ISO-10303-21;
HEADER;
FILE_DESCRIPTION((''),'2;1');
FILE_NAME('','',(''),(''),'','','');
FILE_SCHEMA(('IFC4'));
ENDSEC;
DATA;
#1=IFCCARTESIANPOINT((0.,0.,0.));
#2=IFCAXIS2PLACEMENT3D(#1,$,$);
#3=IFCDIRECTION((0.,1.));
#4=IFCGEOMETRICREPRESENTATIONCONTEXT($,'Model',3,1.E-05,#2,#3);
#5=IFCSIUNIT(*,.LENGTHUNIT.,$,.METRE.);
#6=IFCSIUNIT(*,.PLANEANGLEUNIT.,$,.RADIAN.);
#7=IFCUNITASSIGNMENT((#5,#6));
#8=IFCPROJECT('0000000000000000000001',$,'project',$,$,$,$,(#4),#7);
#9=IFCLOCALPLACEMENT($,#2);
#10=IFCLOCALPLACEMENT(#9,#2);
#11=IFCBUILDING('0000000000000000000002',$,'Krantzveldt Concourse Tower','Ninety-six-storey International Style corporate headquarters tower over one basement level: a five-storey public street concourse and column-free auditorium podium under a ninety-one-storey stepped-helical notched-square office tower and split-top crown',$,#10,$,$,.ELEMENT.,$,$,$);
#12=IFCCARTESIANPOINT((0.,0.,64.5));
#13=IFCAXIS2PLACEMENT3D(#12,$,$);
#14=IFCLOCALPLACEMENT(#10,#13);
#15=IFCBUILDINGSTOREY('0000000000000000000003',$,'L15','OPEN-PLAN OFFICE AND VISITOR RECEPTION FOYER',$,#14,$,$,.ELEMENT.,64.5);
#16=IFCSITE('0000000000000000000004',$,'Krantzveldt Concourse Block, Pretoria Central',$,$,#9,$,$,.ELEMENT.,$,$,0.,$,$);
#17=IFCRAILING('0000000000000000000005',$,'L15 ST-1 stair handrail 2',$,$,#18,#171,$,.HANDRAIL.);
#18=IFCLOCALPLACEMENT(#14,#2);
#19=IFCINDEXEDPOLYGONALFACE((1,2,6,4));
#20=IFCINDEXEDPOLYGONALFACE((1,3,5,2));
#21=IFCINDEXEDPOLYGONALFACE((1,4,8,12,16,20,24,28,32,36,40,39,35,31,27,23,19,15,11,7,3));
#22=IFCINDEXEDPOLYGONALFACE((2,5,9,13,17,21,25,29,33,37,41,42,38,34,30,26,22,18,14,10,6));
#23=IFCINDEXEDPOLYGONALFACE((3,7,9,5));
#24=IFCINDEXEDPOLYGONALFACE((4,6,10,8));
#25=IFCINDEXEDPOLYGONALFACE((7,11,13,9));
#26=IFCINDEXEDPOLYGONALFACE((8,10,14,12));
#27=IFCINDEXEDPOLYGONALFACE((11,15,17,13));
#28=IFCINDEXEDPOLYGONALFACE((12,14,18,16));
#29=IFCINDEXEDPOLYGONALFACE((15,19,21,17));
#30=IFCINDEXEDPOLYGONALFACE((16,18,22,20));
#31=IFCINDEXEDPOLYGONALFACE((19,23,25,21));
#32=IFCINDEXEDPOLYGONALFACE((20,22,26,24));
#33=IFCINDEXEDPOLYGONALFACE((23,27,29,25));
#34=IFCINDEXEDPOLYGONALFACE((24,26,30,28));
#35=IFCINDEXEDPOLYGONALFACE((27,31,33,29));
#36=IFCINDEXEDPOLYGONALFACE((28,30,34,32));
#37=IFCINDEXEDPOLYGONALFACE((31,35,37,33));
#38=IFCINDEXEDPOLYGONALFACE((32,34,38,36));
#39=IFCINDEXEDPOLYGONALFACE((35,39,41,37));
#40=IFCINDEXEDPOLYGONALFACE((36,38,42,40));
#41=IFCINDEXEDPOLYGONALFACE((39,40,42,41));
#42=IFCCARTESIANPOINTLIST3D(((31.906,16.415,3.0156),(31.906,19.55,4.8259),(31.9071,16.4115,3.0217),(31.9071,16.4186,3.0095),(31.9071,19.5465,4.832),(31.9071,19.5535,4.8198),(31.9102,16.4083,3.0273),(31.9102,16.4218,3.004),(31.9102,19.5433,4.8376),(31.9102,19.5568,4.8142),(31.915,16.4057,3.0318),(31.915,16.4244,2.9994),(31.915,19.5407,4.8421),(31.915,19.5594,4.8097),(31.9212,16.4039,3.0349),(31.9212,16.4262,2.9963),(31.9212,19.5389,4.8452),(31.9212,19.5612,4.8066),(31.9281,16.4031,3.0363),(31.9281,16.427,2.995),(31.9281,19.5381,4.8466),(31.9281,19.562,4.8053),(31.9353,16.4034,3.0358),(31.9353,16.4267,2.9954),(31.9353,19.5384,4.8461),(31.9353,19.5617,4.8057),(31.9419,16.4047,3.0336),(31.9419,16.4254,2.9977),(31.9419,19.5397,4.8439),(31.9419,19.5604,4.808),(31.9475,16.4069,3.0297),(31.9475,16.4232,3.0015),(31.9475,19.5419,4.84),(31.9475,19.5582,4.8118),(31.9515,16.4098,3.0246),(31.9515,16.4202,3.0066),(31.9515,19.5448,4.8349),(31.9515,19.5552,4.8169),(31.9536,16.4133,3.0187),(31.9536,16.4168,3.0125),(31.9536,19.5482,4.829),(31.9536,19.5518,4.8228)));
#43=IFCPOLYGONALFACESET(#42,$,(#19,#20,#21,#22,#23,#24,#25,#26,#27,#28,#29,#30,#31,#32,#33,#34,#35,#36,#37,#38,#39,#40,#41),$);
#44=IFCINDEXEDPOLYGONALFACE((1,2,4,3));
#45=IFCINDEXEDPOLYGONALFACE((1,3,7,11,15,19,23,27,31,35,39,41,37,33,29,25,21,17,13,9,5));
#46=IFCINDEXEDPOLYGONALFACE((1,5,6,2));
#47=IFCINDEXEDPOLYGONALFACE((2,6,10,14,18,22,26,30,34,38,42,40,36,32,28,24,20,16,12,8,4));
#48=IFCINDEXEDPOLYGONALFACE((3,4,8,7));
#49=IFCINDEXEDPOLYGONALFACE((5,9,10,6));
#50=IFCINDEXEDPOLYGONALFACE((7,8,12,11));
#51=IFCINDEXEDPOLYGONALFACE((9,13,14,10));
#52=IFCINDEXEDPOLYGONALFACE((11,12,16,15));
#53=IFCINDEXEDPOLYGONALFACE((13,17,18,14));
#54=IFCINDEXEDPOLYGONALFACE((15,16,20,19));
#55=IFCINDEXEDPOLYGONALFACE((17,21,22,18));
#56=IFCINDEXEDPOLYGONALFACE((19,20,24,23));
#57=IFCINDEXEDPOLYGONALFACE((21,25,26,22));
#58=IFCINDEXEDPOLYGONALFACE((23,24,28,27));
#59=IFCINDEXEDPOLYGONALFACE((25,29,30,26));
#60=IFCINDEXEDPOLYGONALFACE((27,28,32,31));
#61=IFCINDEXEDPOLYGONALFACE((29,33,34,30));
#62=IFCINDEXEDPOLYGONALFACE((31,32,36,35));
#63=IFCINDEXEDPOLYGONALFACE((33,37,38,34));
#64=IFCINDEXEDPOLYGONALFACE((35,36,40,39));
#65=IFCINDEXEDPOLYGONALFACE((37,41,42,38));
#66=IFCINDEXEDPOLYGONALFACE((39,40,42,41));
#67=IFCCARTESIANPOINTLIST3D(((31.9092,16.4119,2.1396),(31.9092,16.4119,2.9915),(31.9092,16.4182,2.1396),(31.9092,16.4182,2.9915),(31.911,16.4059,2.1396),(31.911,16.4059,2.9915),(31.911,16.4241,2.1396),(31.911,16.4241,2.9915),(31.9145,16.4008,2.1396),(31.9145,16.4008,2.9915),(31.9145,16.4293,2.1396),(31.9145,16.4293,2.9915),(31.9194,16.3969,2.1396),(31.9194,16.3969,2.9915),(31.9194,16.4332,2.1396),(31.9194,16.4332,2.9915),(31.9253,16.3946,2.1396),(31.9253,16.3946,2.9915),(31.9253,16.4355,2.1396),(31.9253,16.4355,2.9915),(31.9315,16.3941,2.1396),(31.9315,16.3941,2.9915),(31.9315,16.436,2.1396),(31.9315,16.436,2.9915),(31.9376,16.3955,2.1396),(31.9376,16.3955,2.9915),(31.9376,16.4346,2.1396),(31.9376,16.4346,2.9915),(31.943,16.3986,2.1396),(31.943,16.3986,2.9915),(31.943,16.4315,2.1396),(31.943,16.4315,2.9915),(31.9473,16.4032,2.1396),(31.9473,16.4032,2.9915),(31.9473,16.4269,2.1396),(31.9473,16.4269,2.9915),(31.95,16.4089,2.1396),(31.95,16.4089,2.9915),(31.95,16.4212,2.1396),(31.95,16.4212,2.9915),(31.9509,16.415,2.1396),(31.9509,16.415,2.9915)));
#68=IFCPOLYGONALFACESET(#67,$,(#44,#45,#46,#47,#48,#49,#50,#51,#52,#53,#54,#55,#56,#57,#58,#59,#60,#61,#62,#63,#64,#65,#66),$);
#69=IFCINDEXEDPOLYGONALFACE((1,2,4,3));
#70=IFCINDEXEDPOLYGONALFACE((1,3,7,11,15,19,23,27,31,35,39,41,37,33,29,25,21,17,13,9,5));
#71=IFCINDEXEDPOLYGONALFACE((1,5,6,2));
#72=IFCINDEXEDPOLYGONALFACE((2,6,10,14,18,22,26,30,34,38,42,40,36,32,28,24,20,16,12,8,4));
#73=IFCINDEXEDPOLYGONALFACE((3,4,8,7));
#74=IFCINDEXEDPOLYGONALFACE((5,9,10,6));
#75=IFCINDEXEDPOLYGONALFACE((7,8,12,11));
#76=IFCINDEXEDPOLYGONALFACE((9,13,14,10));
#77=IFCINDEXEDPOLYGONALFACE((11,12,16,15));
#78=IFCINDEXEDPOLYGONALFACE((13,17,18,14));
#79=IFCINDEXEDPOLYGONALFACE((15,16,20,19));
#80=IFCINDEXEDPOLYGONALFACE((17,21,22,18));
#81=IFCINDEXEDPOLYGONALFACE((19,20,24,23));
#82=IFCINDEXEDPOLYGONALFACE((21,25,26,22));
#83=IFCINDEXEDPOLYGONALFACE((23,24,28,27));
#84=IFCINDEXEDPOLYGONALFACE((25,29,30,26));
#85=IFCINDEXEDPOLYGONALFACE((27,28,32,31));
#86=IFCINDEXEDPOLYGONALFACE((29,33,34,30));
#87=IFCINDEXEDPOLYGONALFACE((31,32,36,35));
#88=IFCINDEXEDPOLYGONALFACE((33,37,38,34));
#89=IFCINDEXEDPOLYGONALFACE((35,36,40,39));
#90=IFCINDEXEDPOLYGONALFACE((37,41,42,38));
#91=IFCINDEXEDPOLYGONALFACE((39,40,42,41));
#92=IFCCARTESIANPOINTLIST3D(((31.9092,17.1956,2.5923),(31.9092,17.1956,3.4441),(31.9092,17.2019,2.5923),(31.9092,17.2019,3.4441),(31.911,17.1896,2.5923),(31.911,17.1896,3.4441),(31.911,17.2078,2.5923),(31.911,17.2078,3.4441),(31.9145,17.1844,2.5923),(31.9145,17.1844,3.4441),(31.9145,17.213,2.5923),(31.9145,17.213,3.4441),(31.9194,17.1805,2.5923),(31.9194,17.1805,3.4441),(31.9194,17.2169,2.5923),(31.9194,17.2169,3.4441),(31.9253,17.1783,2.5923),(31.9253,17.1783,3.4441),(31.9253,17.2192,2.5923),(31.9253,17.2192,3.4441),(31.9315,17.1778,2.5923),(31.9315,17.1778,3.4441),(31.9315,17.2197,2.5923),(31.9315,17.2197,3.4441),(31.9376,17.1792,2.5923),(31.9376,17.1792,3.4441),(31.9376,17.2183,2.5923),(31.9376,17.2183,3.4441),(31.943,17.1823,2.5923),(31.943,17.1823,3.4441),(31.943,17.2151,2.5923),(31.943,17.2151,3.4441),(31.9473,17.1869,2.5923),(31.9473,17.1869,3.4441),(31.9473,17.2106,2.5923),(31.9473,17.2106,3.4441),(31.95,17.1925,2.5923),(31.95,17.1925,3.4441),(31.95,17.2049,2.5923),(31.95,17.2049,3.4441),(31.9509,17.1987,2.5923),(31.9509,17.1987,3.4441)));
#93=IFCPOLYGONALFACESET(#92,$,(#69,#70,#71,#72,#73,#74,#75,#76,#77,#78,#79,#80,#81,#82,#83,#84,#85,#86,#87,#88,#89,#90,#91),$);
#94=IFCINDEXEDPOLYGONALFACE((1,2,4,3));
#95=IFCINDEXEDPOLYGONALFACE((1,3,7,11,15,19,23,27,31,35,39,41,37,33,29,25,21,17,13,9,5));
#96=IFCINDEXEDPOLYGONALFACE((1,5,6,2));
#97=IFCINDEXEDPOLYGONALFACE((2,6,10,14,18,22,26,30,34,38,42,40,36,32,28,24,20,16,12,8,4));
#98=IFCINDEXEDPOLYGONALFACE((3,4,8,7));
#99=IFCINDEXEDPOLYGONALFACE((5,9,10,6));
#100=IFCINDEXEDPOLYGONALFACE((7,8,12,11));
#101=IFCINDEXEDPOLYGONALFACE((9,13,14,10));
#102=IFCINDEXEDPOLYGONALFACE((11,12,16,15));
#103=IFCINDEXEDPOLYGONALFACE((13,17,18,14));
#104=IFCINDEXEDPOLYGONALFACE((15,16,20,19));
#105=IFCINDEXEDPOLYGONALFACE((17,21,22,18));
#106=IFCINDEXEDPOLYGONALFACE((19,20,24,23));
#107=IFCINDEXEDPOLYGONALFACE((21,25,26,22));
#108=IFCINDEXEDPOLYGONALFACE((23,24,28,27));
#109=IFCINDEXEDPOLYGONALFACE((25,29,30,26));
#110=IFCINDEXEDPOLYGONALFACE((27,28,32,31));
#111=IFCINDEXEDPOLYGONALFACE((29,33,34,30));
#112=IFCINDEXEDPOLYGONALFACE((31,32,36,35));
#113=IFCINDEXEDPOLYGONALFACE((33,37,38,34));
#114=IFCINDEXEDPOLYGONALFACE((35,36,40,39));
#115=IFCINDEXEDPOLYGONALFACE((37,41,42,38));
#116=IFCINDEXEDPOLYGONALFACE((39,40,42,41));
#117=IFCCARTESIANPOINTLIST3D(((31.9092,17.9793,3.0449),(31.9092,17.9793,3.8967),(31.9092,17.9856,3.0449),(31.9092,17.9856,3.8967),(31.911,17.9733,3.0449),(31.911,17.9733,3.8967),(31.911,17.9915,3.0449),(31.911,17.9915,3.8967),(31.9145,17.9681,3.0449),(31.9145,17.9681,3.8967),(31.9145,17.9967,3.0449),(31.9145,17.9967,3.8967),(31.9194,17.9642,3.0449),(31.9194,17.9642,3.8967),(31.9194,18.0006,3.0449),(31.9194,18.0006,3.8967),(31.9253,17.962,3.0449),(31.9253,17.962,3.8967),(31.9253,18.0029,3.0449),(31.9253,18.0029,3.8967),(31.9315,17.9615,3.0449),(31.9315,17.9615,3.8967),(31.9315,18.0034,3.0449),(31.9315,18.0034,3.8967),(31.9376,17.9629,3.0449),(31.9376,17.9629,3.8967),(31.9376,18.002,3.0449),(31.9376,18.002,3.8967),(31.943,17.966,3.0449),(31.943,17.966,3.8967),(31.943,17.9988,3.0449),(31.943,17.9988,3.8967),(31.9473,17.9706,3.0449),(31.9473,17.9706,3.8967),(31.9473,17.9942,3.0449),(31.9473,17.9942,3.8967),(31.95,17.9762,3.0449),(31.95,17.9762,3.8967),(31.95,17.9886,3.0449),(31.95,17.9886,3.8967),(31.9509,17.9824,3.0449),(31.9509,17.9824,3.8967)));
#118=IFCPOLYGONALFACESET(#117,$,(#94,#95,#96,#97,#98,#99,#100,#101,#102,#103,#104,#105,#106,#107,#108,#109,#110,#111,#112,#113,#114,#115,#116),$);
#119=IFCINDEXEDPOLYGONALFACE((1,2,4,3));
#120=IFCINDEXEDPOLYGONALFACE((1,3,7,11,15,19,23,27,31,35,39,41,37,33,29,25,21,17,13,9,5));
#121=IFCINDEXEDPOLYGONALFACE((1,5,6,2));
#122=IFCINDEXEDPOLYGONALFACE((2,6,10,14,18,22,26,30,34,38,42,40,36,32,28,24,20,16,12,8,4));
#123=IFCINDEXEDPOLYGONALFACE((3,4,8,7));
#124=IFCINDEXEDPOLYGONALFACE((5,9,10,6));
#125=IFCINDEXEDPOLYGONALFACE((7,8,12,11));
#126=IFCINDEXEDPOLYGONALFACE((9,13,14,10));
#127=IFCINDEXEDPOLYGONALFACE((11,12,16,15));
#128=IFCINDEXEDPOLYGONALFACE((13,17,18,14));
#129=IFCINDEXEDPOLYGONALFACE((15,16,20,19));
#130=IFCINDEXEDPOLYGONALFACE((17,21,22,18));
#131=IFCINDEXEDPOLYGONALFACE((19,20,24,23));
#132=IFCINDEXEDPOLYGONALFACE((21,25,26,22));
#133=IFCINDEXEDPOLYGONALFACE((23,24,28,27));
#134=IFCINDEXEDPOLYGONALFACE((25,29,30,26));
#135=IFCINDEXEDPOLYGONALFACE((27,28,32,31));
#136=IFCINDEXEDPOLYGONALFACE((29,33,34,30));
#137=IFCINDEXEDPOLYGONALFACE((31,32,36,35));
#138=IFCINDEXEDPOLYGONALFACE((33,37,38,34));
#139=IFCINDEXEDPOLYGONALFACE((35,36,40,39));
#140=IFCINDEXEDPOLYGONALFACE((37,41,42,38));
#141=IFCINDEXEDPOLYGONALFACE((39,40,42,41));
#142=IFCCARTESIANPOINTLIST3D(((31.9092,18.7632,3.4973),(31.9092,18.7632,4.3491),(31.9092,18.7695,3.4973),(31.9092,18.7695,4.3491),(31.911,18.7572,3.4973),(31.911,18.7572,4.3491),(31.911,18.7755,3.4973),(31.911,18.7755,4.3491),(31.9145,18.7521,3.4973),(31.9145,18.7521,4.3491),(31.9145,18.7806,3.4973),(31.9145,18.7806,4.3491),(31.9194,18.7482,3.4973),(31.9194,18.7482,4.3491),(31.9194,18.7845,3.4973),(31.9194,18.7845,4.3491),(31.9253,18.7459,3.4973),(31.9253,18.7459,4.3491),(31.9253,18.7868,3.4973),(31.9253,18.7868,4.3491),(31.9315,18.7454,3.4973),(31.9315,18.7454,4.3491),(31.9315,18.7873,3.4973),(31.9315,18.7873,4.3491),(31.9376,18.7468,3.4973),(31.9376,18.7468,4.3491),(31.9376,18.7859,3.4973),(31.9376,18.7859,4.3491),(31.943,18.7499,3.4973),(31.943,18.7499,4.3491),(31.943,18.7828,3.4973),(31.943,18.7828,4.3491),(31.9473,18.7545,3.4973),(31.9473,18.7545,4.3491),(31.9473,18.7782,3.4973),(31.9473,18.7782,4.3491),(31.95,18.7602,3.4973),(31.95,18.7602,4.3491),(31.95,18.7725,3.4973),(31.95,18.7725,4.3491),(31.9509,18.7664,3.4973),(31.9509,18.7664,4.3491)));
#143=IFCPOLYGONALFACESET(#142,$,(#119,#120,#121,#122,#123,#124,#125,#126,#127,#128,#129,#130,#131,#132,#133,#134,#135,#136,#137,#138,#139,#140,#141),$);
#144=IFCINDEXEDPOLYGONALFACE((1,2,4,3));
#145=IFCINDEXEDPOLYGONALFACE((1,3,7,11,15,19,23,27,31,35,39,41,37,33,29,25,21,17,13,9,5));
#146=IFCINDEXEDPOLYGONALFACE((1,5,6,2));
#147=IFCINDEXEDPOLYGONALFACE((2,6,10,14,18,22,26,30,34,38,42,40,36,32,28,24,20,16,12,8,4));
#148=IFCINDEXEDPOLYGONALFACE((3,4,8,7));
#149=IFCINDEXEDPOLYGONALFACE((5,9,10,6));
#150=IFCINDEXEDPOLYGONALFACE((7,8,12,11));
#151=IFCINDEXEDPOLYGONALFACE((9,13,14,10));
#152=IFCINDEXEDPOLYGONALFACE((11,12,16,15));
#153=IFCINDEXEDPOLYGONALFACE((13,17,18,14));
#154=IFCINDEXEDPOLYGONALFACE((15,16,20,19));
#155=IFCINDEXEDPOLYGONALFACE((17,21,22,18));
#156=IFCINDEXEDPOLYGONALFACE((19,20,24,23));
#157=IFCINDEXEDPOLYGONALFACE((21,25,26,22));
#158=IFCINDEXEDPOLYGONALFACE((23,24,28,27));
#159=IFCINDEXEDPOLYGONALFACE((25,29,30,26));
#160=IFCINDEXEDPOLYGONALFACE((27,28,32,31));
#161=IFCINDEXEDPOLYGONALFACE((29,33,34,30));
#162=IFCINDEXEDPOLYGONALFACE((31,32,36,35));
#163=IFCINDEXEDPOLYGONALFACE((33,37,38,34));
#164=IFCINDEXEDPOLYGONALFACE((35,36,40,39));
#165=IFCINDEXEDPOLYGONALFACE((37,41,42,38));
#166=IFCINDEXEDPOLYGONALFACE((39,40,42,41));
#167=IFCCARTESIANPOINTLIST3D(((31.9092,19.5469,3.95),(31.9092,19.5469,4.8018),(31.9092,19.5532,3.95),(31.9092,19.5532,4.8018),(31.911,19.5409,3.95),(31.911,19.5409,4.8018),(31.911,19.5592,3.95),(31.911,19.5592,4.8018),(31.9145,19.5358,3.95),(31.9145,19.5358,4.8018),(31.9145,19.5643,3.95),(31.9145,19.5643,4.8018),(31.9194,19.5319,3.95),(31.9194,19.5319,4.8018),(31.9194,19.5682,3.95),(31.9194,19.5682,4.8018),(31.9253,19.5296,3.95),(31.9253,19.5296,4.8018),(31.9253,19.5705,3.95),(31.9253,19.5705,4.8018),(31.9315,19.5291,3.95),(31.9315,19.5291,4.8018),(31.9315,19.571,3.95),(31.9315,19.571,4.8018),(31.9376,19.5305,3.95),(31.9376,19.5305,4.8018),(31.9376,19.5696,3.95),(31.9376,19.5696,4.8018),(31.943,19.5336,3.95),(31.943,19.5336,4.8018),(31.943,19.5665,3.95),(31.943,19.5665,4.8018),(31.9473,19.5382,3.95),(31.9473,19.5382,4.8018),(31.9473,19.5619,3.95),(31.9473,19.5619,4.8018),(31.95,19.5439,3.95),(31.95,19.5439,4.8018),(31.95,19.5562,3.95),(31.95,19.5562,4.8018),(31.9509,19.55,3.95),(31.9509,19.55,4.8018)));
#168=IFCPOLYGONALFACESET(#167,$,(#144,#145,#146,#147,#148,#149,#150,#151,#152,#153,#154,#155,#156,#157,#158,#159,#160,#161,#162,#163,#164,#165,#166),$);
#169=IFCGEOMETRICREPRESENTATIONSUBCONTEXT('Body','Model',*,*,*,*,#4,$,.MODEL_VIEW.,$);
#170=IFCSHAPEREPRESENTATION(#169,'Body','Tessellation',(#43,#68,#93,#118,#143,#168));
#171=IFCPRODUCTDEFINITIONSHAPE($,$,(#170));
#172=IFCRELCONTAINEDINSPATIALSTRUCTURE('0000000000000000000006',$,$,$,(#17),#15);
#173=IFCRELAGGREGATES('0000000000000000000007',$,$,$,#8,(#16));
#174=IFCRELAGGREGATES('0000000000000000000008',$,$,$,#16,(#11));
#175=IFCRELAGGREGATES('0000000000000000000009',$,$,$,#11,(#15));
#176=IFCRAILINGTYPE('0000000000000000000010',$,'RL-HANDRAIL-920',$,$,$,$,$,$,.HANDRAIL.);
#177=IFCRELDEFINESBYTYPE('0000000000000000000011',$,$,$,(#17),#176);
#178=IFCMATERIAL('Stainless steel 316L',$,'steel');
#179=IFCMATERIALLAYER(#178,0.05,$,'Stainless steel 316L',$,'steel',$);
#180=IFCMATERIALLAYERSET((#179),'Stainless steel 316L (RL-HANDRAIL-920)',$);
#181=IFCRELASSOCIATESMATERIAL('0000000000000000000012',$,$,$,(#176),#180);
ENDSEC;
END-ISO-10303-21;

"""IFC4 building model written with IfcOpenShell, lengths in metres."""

from ifc_helpers import new_model, si_unit, direction, frame, origin, origin_2d, place, context, subcontext, project, spatial, circle, extrude, material, layer, layer_set, type_object, element, save


model = new_model("IFC4")

# Units and contexts
model_context = context("Model", 3, precision=1e-05, world=origin(), true_north=direction((0.0, 1.0)))
body_context = subcontext(model_context, "Body", "Model", "MODEL_VIEW")
ifc_project = project(units=[si_unit("LENGTHUNIT", "METRE"), si_unit("PLANEANGLEUNIT", "RADIAN")], contexts=[model_context])

# Site, building, storey
site_placement = place(None, origin())
site = spatial("IfcSite", under=ifc_project, at=site_placement, Name="Krantzveldt Concourse Block, Pretoria Central", CompositionType="ELEMENT", RefElevation=0.0)
building_placement = place(site_placement, origin())
building = spatial("IfcBuilding", under=site, at=building_placement, Name="Krantzveldt Concourse Tower", Description="Ninety-six-storey International Style corporate headquarters tower over one basement level: a five-storey public street concourse and column-free auditorium podium under a ninety-one-storey stepped-helical notched-square office tower and split-top crown", CompositionType="ELEMENT")
storey_placement = place(building_placement, frame((0.0, 0.0, 64.5)))
storey = spatial("IfcBuildingStorey", under=building, at=storey_placement, Name="L15", Description="OPEN-PLAN OFFICE AND VISITOR RECEPTION FOYER", CompositionType="ELEMENT", Elevation=64.5)

# Railing
ifc_material_1 = material(Name="Stainless steel 316L", Category="steel")
ifc_layer_1 = layer(ifc_material_1, 0.05, Name="Stainless steel 316L", Category="steel")
ifc_layer_set_1 = layer_set([ifc_layer_1], Name="Stainless steel 316L (RL-HANDRAIL-920)")
railing_type_1 = type_object("IfcRailingType", Name="RL-HANDRAIL-920", PredefinedType="HANDRAIL", material=ifc_layer_set_1)
railing_1_placement = place(storey_placement, frame((31.9299, 16.415, 2.1396)))
element("IfcRailing", 1, at=railing_1_placement, inside=storey, type_object=railing_type_1, Name="L15 ST-1 stair handrail 2", PredefinedType="HANDRAIL", context=body_context, shape_type="SweptSolid", body=[
    extrude(circle(Radius=0.0239, at=origin_2d()), frame((0.0, 0.0, 0.876), z_axis=(0.0, 0.865989, 0.500063), x_axis=(-1.0, 0.0, 0.0)), (0.0, 0.0, 1.0), 3.6201),
    extrude(circle(Radius=0.021, at=origin_2d()), origin(), (0.0, 0.0, 1.0), 0.8518),
    extrude(circle(Radius=0.021, at=origin_2d()), frame((0.0, 0.7837, 0.4526)), (0.0, 0.0, 1.0), 0.8518),
    extrude(circle(Radius=0.021, at=origin_2d()), frame((0.0, 1.5674, 0.9053)), (0.0, 0.0, 1.0), 0.8518),
    extrude(circle(Radius=0.021, at=origin_2d()), frame((0.0, 2.3513, 1.3577)), (0.0, 0.0, 1.0), 0.8518),
    extrude(circle(Radius=0.021, at=origin_2d()), frame((0.0, 3.135, 1.8103)), (0.0, 0.0, 1.0), 0.8518),
])

save(model, "model.ifc")
